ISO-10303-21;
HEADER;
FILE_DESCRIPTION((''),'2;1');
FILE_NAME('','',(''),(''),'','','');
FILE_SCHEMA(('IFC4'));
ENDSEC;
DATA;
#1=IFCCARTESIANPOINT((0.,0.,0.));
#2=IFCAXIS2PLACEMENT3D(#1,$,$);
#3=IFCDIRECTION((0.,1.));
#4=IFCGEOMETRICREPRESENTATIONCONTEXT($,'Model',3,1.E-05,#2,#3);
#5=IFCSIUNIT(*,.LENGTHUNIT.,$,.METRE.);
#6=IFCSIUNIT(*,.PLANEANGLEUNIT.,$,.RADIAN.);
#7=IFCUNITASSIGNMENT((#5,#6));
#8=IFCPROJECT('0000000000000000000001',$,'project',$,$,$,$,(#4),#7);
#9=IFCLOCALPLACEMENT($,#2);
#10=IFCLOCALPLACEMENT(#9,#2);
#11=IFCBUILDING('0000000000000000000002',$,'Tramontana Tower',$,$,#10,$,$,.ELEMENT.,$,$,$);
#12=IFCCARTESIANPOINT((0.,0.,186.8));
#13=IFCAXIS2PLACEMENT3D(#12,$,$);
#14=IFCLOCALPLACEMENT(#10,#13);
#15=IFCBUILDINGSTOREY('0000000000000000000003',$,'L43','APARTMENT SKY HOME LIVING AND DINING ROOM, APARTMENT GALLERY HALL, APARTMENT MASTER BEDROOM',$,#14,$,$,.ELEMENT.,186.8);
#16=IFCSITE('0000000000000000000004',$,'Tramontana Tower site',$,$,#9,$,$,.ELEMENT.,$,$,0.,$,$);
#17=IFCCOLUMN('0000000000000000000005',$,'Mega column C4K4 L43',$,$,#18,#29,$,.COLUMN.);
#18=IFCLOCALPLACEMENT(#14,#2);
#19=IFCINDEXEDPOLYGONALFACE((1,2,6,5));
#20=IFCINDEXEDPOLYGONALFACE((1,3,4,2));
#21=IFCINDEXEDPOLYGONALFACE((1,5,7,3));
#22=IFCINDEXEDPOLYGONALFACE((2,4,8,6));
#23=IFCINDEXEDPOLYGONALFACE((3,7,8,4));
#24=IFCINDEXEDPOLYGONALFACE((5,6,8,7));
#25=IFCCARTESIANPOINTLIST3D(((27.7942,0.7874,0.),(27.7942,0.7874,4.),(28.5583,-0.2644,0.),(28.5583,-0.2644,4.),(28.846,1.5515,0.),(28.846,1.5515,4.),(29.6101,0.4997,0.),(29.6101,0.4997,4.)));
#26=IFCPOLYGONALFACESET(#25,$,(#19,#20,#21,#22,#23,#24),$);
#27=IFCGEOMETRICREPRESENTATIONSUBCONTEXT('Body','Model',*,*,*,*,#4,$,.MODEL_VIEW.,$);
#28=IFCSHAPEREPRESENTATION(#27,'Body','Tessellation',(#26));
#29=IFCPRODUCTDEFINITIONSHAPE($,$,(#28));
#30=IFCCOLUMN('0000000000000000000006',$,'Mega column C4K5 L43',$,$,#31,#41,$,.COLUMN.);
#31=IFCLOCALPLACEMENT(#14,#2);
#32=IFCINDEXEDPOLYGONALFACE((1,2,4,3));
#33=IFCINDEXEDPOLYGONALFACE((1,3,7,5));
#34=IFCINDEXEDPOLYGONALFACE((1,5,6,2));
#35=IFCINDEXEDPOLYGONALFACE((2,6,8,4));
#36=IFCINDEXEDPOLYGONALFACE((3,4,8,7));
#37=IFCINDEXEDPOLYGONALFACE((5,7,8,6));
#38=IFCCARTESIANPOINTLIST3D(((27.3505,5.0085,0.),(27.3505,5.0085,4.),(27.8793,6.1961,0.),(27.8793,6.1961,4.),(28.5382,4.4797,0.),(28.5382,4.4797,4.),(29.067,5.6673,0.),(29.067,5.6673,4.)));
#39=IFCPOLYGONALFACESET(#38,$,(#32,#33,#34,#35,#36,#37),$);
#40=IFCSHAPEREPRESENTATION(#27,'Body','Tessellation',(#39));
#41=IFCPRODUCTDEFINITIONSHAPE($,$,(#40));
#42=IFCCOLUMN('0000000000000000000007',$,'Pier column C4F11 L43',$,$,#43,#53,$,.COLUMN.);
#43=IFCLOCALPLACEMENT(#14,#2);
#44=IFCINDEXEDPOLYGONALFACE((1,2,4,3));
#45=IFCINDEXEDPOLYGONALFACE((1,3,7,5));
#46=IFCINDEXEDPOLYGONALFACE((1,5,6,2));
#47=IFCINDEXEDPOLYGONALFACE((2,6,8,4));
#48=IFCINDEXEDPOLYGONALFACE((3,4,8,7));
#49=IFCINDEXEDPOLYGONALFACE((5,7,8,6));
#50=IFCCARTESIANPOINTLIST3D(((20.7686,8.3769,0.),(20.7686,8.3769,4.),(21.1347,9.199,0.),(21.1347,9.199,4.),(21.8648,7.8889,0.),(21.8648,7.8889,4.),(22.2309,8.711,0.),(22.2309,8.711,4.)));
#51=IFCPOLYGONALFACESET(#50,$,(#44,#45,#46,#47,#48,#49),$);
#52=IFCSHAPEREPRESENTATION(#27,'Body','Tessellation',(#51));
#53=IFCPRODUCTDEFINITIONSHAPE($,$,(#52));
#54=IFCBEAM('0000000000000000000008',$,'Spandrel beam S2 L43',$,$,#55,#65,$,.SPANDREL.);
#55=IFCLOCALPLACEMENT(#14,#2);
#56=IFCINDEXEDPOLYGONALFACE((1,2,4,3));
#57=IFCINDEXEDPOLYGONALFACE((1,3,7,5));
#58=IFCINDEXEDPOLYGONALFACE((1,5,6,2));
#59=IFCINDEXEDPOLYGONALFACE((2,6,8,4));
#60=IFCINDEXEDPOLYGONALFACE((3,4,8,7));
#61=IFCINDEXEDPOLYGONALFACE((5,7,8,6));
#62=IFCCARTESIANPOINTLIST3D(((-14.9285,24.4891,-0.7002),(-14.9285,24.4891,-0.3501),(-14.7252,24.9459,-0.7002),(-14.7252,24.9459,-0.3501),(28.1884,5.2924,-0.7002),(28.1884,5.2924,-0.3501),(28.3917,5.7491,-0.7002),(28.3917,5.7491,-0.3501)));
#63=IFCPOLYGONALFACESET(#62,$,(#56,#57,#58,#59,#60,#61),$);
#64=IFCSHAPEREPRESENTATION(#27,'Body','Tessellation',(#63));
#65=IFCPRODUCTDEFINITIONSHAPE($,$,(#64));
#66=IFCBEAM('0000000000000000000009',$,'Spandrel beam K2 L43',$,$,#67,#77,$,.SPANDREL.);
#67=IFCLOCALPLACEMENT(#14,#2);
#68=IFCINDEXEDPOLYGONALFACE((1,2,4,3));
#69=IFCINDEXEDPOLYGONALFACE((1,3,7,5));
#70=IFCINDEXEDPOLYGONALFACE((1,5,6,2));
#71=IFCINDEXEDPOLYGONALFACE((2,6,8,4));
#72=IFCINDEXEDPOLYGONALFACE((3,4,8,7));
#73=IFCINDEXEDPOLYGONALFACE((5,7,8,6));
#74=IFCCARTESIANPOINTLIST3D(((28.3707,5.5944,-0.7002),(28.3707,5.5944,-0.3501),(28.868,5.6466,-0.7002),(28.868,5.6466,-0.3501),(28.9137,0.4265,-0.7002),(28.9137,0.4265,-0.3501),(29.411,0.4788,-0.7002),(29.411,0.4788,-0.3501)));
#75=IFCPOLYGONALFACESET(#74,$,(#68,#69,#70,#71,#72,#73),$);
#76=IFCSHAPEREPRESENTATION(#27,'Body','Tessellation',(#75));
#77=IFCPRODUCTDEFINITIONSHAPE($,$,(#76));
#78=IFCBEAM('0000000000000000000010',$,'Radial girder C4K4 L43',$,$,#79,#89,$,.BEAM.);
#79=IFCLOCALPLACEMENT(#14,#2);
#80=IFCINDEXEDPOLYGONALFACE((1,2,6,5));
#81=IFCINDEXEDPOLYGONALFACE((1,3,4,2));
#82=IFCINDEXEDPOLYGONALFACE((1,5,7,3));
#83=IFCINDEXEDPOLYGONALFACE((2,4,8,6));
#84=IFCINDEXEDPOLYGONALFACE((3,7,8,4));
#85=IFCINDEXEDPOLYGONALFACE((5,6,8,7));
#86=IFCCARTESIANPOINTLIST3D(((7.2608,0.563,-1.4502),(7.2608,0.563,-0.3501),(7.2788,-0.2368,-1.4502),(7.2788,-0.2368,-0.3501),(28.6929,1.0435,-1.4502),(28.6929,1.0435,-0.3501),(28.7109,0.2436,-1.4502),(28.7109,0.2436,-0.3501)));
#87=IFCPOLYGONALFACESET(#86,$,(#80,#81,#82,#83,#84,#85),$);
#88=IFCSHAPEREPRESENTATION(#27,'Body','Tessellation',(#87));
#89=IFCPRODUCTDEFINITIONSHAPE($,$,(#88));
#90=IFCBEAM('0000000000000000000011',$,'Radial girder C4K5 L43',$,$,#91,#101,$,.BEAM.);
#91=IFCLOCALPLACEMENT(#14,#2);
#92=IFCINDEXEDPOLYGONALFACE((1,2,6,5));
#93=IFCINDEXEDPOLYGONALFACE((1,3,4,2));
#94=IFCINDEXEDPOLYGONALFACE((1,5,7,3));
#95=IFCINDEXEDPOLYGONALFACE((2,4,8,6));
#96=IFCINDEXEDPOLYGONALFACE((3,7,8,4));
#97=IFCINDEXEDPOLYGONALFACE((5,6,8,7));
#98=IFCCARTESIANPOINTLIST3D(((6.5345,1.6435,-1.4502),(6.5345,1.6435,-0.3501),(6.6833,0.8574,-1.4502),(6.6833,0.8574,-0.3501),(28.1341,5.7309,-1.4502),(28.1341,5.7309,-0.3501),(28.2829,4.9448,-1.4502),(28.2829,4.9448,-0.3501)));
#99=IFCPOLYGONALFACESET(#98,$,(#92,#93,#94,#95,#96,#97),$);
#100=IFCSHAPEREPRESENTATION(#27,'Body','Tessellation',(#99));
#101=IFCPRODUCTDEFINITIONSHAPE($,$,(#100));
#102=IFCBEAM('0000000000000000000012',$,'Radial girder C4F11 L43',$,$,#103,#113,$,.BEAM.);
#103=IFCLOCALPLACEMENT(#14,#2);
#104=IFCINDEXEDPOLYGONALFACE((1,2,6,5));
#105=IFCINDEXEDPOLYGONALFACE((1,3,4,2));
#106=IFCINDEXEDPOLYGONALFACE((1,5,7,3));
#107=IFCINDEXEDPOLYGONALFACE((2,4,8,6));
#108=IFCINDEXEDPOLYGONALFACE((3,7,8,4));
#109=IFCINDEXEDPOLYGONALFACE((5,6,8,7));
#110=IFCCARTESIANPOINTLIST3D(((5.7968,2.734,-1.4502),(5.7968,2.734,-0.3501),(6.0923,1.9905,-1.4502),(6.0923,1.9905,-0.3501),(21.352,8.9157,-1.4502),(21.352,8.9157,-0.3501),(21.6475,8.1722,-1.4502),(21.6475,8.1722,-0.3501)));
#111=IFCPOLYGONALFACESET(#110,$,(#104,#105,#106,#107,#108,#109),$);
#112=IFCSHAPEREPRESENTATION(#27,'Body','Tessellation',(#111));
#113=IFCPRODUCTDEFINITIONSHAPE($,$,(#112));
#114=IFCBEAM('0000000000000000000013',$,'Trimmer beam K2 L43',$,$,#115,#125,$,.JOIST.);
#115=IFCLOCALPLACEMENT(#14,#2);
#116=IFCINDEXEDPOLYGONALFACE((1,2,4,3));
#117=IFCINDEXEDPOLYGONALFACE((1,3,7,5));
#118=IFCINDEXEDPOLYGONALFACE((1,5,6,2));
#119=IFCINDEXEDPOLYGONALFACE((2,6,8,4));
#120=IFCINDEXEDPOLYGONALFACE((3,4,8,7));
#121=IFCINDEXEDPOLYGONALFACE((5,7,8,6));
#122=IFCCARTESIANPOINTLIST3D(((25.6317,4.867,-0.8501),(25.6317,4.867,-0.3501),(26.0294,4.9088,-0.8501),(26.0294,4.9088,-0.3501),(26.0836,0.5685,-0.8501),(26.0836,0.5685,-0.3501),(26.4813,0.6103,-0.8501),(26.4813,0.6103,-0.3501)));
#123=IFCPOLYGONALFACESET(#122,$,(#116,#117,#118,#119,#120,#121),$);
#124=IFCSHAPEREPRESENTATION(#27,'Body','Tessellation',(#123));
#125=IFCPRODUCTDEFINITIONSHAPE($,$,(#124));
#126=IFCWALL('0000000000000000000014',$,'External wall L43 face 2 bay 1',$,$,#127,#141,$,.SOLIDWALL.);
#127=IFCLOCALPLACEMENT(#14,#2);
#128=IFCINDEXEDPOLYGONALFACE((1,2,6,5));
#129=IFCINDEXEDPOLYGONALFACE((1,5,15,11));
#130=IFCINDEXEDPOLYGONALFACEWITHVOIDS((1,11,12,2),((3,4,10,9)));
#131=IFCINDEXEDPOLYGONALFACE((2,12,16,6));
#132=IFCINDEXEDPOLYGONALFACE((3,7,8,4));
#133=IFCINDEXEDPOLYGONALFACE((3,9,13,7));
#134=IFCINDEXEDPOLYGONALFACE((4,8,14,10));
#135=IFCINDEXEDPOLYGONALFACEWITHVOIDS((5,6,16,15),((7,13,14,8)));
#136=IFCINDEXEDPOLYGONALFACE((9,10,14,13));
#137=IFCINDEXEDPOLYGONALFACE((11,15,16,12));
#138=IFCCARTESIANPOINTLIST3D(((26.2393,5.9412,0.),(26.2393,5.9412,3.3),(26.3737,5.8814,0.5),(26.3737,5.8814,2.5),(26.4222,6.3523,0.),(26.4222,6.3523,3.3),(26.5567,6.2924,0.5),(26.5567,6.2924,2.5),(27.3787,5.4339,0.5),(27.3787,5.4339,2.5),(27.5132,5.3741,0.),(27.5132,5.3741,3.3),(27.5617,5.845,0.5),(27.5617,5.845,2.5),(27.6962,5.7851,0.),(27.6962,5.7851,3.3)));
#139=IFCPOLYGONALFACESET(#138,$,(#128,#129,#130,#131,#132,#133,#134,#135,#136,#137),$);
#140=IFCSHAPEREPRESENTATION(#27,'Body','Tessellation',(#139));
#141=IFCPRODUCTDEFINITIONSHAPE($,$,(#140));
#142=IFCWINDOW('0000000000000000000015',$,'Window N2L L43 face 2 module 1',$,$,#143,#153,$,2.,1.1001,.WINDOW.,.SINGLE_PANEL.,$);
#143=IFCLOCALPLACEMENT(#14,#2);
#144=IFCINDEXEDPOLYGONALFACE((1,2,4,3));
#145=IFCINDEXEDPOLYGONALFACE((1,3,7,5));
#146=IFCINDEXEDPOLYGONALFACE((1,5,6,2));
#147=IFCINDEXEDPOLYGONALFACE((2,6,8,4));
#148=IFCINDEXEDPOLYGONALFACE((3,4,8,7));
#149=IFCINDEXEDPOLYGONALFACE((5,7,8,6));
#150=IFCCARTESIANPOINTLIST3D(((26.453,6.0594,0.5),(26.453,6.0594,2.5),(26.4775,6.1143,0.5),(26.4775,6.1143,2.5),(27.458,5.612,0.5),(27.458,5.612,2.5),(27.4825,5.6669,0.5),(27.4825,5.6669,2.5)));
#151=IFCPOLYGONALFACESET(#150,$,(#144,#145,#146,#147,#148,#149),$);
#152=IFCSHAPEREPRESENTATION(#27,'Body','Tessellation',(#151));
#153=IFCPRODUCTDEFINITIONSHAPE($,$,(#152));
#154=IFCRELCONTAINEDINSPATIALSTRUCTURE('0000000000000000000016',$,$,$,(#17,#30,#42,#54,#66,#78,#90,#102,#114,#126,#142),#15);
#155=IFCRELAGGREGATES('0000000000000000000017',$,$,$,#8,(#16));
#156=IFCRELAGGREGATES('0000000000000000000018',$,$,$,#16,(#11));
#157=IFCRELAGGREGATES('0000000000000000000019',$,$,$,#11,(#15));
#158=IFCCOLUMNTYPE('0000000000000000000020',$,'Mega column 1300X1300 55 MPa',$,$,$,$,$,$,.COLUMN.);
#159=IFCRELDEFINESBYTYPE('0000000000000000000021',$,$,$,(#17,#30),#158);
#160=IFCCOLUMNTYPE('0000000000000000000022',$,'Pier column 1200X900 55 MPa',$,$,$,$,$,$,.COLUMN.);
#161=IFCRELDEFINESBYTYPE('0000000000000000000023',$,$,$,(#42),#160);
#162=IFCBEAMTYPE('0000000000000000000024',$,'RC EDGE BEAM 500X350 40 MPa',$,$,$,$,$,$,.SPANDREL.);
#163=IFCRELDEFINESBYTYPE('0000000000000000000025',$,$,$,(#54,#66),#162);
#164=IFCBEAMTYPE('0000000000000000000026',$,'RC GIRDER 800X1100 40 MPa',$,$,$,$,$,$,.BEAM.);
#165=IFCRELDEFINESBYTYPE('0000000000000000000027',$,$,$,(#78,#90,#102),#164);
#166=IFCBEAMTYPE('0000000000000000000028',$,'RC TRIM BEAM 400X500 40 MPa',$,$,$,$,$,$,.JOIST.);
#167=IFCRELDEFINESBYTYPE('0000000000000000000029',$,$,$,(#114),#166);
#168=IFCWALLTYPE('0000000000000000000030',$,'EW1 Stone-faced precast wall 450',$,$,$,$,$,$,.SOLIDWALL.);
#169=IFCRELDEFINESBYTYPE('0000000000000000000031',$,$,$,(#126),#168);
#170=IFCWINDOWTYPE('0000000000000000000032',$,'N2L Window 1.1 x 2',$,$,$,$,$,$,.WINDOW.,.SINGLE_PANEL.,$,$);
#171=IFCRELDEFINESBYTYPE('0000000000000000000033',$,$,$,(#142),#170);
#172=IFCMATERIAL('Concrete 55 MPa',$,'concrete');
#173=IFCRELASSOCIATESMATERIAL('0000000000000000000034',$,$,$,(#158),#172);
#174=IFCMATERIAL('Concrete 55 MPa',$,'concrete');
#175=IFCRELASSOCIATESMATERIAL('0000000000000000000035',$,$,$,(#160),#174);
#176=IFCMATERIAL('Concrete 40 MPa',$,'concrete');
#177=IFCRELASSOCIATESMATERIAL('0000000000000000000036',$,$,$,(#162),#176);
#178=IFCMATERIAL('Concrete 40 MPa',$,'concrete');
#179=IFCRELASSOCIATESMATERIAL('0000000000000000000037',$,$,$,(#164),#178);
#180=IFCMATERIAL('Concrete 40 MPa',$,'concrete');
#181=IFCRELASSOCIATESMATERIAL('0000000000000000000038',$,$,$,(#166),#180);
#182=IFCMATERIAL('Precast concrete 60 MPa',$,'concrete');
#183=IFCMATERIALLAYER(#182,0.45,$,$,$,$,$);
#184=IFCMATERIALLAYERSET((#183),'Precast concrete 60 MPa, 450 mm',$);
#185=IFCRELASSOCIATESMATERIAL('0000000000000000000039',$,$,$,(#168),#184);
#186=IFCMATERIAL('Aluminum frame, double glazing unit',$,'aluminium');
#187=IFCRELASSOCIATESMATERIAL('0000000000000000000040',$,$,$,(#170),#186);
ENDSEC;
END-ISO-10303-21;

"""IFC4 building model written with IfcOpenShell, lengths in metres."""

from ifc_helpers import new_model, si_unit, direction, frame, frame_2d, origin, origin_2d, place, context, subcontext, project, spatial, rectangle, extrude, material, layer, layer_set, material_profile, profile_set, type_object, element, fill, save


model = new_model("IFC4")

# Units and contexts
model_context = context("Model", 3, precision=1e-05, world=origin(), true_north=direction((0.0, 1.0)))
body_context = subcontext(model_context, "Body", "Model", "MODEL_VIEW")
ifc_project = project(units=[si_unit("LENGTHUNIT", "METRE"), si_unit("PLANEANGLEUNIT", "RADIAN")], contexts=[model_context])

# Site, building, storey
site_placement = place(None, origin())
site = spatial("IfcSite", under=ifc_project, at=site_placement, Name="Tramontana Tower site", CompositionType="ELEMENT", RefElevation=0.0)
building_placement = place(site_placement, origin())
building = spatial("IfcBuilding", under=site, at=building_placement, Name="Tramontana Tower", CompositionType="ELEMENT")
storey_placement = place(building_placement, frame((0.0, 0.0, 186.8)))
storey = spatial("IfcBuildingStorey", under=building, at=storey_placement, Name="L43", Description="APARTMENT SKY HOME LIVING AND DINING ROOM, APARTMENT GALLERY HALL, APARTMENT MASTER BEDROOM", CompositionType="ELEMENT", Elevation=186.8)

# Columns
ifc_material_1 = material(Name="Concrete 55 MPa", Category="concrete")
ifc_material_profile_1 = material_profile(ifc_material_1, rectangle(XDim=1.3, YDim=1.3, at=origin_2d()), Name="Mega column 1300X1300 55 MPa")
ifc_profile_set_1 = profile_set([ifc_material_profile_1], Name="Concrete 55 MPa")
column_type_1 = type_object("IfcColumnType", Name="Mega column 1300X1300 55 MPa", PredefinedType="COLUMN", material=ifc_profile_set_1)
for number, where, z_axis, x_axis, name in (
    (1, (28.7021, 0.6436, 0.0), (0.0, 0.0, 1.0), (0.809017, 0.587785, 0.0), "Mega column C4K4 L43"),
    (2, (28.2087, 5.3379, 0.0), (0.0, 0.0, 1.0), (-0.913545, 0.406737, 0.0), "Mega column C4K5 L43"),
):
    element("IfcColumn", number, at=place(storey_placement, frame(where, z_axis=z_axis, x_axis=x_axis)), inside=storey, type_object=column_type_1, Name=name, PredefinedType="COLUMN", context=body_context, shape_type="SweptSolid", body=[
        extrude(rectangle(XDim=1.3, YDim=1.3, at=origin_2d()), origin(), (0.0, 0.0, 1.0), 4.0),
    ])
ifc_material_2 = material(Name="Concrete 55 MPa", Category="concrete")
ifc_material_profile_2 = material_profile(ifc_material_2, rectangle(XDim=1.2, YDim=0.8999, at=origin_2d()), Name="Pier column 1200X900 55 MPa")
ifc_profile_set_2 = profile_set([ifc_material_profile_2], Name="Concrete 55 MPa")
column_type_2 = type_object("IfcColumnType", Name="Pier column 1200X900 55 MPa", PredefinedType="COLUMN", material=ifc_profile_set_2)
column_placement = place(storey_placement, frame((21.4998, 8.5439, 0.0), z_axis=(0.0, 0.0, 1.0), x_axis=(-0.913545, 0.406737, 0.0)))
element("IfcColumn", 3, at=column_placement, inside=storey, type_object=column_type_2, Name="Pier column C4F11 L43", PredefinedType="COLUMN", context=body_context, shape_type="SweptSolid", body=[
    extrude(rectangle(XDim=1.2, YDim=0.8999, at=origin_2d()), origin(), (0.0, 0.0, 1.0), 4.0),
])

# Beams
ifc_material_3 = material(Name="Concrete 40 MPa", Category="concrete")
ifc_material_profile_3 = material_profile(ifc_material_3, rectangle(XDim=0.5, YDim=0.3501, at=origin_2d()), Name="RC EDGE BEAM 500X350 40 MPa")
ifc_profile_set_3 = profile_set([ifc_material_profile_3], Name="Concrete 40 MPa")
beam_type_1 = type_object("IfcBeamType", Name="RC EDGE BEAM 500X350 40 MPa", PredefinedType="SPANDREL", material=ifc_profile_set_3)
beam_1_placement = place(storey_placement, frame((28.29, 5.5208, -0.5251), z_axis=(-0.913546, 0.406734, 0.0), x_axis=(-0.406734, -0.913546, 0.0)))
element("IfcBeam", 4, at=beam_1_placement, inside=storey, type_object=beam_type_1, Name="Spandrel beam S2 L43", PredefinedType="SPANDREL", context=body_context, shape_type="SweptSolid", body=[
    extrude(rectangle(XDim=0.5, YDim=0.3501, at=origin_2d()), origin(), (0.0, 0.0, 1.0), 47.1973),
])
beam_2_placement = place(storey_placement, frame((29.1624, 0.4526, -0.5251), z_axis=(-0.104494, 0.994526, 0.0), x_axis=(-0.994526, -0.104494, 0.0)))
element("IfcBeam", 5, at=beam_2_placement, inside=storey, type_object=beam_type_1, Name="Spandrel beam K2 L43", PredefinedType="SPANDREL", context=body_context, shape_type="SweptSolid", body=[
    extrude(rectangle(XDim=0.5, YDim=0.3501, at=origin_2d()), origin(), (0.0, 0.0, 1.0), 5.1963),
])
ifc_material_4 = material(Name="Concrete 40 MPa", Category="concrete")
ifc_material_profile_4 = material_profile(ifc_material_4, rectangle(XDim=0.8, YDim=1.1001, at=origin_2d()), Name="RC GIRDER 800X1100 40 MPa")
ifc_profile_set_4 = profile_set([ifc_material_profile_4], Name="Concrete 40 MPa")
beam_type_2 = type_object("IfcBeamType", Name="RC GIRDER 800X1100 40 MPa", PredefinedType="BEAM", material=ifc_profile_set_4)
beam_3_placement = place(storey_placement, frame((28.7019, 0.6436, -0.9001), z_axis=(-0.999749, -0.022413, 0.0), x_axis=(0.022413, -0.999749, 0.0)))
element("IfcBeam", 6, at=beam_3_placement, inside=storey, type_object=beam_type_2, Name="Radial girder C4K4 L43", PredefinedType="BEAM", context=body_context, shape_type="SweptSolid", body=[
    extrude(rectangle(XDim=0.8, YDim=1.1001, at=origin_2d()), origin(), (0.0, 0.0, 1.0), 21.4375),
])
beam_4_placement = place(storey_placement, frame((28.2085, 5.3379, -0.9001), z_axis=(-0.982562, -0.185935, 0.0), x_axis=(0.185935, -0.982562, 0.0)))
element("IfcBeam", 7, at=beam_4_placement, inside=storey, type_object=beam_type_2, Name="Radial girder C4K5 L43", PredefinedType="BEAM", context=body_context, shape_type="SweptSolid", body=[
    extrude(rectangle(XDim=0.8, YDim=1.1001, at=origin_2d()), origin(), (0.0, 0.0, 1.0), 21.9829),
])
beam_5_placement = place(storey_placement, frame((21.4998, 8.5439, -0.9001), z_axis=(-0.929307, -0.369308, 0.0), x_axis=(0.369308, -0.929307, 0.0)))
element("IfcBeam", 8, at=beam_5_placement, inside=storey, type_object=beam_type_2, Name="Radial girder C4F11 L43", PredefinedType="BEAM", context=body_context, shape_type="SweptSolid", body=[
    extrude(rectangle(XDim=0.8, YDim=1.1001, at=origin_2d()), origin(), (0.0, 0.0, 1.0), 16.7385),
])
ifc_material_5 = material(Name="Concrete 40 MPa", Category="concrete")
ifc_material_profile_5 = material_profile(ifc_material_5, rectangle(XDim=0.3999, YDim=0.5, at=origin_2d()), Name="RC TRIM BEAM 400X500 40 MPa")
ifc_profile_set_5 = profile_set([ifc_material_profile_5], Name="Concrete 40 MPa")
beam_type_3 = type_object("IfcBeamType", Name="RC TRIM BEAM 400X500 40 MPa", PredefinedType="JOIST", material=ifc_profile_set_5)
beam_6_placement = place(storey_placement, frame((26.2825, 0.5894, -0.6001), z_axis=(-0.104552, 0.994519, 0.0), x_axis=(-0.994519, -0.104552, 0.0)))
element("IfcBeam", 9, at=beam_6_placement, inside=storey, type_object=beam_type_3, Name="Trimmer beam K2 L43", PredefinedType="JOIST", context=body_context, shape_type="SweptSolid", body=[
    extrude(rectangle(XDim=0.3999, YDim=0.5, at=origin_2d()), origin(), (0.0, 0.0, 1.0), 4.3223),
])

# Wall, opening, window
ifc_material_6 = material(Name="Precast concrete 60 MPa", Category="concrete")
ifc_layer_1 = layer(ifc_material_6, 0.45)
ifc_layer_set_1 = layer_set([ifc_layer_1], Name="Precast concrete 60 MPa, 450 mm")
wall_type_1 = type_object("IfcWallType", Name="EW1 Stone-faced precast wall 450", PredefinedType="SOLIDWALL", material=ifc_layer_set_1)
wall_1_placement = place(storey_placement, frame((27.6047, 5.5796, 0.0), z_axis=(0.0, 0.0, 1.0), x_axis=(-0.913559, 0.406707, 0.0)))
wall_1 = element("IfcWall", 10, at=wall_1_placement, inside=storey, type_object=wall_type_1, Name="External wall L43 face 2 bay 1", PredefinedType="SOLIDWALL", context=body_context, shape_type="SweptSolid", body=[
    extrude(rectangle(XDim=1.3945, YDim=0.45, at=frame_2d((0.6973, 0.0))), origin(), (0.0, 0.0, 1.0), 3.3),
])
opening_1_placement = place(wall_1_placement, frame((0.1472, 0.0, 0.5)))
opening_1 = element("IfcOpeningElement", 11, at=opening_1_placement, cuts=wall_1, PredefinedType="OPENING", context=body_context, shape_type="SweptSolid", body=[
    extrude(rectangle(XDim=1.1001, YDim=2.0, at=frame_2d((0.55, 1.0))), frame((0.0, 0.2349, 0.0), z_axis=(0.0, -1.0, 0.0), x_axis=(1.0, 0.0, 0.0)), (0.0, 0.0, 1.0), 0.47),
])
ifc_material_7 = material(Name="Aluminum frame, double glazing unit", Category="aluminium")
window_type_1 = type_object("IfcWindowType", Name="N2L Window 1.1 x 2", PartitioningType="SINGLE_PANEL", PredefinedType="WINDOW", material=ifc_material_7)
window_1_placement = place(opening_1_placement, origin())
window_1 = element("IfcWindow", 12, at=window_1_placement, inside=storey, type_object=window_type_1, Name="Window N2L L43 face 2 module 1", OverallHeight=2.0, OverallWidth=1.1001, PartitioningType="SINGLE_PANEL", PredefinedType="WINDOW", context=body_context, shape_type="SweptSolid", body=[
    extrude(rectangle(XDim=1.1001, YDim=2.0, at=frame_2d((0.55, 1.0))), frame((0.0, 0.03, 0.0), z_axis=(0.0, -1.0, 0.0), x_axis=(1.0, 0.0, 0.0)), (0.0, 0.0, 1.0), 0.0601),
])
fill(opening_1, window_1)

save(model, "model.ifc")
